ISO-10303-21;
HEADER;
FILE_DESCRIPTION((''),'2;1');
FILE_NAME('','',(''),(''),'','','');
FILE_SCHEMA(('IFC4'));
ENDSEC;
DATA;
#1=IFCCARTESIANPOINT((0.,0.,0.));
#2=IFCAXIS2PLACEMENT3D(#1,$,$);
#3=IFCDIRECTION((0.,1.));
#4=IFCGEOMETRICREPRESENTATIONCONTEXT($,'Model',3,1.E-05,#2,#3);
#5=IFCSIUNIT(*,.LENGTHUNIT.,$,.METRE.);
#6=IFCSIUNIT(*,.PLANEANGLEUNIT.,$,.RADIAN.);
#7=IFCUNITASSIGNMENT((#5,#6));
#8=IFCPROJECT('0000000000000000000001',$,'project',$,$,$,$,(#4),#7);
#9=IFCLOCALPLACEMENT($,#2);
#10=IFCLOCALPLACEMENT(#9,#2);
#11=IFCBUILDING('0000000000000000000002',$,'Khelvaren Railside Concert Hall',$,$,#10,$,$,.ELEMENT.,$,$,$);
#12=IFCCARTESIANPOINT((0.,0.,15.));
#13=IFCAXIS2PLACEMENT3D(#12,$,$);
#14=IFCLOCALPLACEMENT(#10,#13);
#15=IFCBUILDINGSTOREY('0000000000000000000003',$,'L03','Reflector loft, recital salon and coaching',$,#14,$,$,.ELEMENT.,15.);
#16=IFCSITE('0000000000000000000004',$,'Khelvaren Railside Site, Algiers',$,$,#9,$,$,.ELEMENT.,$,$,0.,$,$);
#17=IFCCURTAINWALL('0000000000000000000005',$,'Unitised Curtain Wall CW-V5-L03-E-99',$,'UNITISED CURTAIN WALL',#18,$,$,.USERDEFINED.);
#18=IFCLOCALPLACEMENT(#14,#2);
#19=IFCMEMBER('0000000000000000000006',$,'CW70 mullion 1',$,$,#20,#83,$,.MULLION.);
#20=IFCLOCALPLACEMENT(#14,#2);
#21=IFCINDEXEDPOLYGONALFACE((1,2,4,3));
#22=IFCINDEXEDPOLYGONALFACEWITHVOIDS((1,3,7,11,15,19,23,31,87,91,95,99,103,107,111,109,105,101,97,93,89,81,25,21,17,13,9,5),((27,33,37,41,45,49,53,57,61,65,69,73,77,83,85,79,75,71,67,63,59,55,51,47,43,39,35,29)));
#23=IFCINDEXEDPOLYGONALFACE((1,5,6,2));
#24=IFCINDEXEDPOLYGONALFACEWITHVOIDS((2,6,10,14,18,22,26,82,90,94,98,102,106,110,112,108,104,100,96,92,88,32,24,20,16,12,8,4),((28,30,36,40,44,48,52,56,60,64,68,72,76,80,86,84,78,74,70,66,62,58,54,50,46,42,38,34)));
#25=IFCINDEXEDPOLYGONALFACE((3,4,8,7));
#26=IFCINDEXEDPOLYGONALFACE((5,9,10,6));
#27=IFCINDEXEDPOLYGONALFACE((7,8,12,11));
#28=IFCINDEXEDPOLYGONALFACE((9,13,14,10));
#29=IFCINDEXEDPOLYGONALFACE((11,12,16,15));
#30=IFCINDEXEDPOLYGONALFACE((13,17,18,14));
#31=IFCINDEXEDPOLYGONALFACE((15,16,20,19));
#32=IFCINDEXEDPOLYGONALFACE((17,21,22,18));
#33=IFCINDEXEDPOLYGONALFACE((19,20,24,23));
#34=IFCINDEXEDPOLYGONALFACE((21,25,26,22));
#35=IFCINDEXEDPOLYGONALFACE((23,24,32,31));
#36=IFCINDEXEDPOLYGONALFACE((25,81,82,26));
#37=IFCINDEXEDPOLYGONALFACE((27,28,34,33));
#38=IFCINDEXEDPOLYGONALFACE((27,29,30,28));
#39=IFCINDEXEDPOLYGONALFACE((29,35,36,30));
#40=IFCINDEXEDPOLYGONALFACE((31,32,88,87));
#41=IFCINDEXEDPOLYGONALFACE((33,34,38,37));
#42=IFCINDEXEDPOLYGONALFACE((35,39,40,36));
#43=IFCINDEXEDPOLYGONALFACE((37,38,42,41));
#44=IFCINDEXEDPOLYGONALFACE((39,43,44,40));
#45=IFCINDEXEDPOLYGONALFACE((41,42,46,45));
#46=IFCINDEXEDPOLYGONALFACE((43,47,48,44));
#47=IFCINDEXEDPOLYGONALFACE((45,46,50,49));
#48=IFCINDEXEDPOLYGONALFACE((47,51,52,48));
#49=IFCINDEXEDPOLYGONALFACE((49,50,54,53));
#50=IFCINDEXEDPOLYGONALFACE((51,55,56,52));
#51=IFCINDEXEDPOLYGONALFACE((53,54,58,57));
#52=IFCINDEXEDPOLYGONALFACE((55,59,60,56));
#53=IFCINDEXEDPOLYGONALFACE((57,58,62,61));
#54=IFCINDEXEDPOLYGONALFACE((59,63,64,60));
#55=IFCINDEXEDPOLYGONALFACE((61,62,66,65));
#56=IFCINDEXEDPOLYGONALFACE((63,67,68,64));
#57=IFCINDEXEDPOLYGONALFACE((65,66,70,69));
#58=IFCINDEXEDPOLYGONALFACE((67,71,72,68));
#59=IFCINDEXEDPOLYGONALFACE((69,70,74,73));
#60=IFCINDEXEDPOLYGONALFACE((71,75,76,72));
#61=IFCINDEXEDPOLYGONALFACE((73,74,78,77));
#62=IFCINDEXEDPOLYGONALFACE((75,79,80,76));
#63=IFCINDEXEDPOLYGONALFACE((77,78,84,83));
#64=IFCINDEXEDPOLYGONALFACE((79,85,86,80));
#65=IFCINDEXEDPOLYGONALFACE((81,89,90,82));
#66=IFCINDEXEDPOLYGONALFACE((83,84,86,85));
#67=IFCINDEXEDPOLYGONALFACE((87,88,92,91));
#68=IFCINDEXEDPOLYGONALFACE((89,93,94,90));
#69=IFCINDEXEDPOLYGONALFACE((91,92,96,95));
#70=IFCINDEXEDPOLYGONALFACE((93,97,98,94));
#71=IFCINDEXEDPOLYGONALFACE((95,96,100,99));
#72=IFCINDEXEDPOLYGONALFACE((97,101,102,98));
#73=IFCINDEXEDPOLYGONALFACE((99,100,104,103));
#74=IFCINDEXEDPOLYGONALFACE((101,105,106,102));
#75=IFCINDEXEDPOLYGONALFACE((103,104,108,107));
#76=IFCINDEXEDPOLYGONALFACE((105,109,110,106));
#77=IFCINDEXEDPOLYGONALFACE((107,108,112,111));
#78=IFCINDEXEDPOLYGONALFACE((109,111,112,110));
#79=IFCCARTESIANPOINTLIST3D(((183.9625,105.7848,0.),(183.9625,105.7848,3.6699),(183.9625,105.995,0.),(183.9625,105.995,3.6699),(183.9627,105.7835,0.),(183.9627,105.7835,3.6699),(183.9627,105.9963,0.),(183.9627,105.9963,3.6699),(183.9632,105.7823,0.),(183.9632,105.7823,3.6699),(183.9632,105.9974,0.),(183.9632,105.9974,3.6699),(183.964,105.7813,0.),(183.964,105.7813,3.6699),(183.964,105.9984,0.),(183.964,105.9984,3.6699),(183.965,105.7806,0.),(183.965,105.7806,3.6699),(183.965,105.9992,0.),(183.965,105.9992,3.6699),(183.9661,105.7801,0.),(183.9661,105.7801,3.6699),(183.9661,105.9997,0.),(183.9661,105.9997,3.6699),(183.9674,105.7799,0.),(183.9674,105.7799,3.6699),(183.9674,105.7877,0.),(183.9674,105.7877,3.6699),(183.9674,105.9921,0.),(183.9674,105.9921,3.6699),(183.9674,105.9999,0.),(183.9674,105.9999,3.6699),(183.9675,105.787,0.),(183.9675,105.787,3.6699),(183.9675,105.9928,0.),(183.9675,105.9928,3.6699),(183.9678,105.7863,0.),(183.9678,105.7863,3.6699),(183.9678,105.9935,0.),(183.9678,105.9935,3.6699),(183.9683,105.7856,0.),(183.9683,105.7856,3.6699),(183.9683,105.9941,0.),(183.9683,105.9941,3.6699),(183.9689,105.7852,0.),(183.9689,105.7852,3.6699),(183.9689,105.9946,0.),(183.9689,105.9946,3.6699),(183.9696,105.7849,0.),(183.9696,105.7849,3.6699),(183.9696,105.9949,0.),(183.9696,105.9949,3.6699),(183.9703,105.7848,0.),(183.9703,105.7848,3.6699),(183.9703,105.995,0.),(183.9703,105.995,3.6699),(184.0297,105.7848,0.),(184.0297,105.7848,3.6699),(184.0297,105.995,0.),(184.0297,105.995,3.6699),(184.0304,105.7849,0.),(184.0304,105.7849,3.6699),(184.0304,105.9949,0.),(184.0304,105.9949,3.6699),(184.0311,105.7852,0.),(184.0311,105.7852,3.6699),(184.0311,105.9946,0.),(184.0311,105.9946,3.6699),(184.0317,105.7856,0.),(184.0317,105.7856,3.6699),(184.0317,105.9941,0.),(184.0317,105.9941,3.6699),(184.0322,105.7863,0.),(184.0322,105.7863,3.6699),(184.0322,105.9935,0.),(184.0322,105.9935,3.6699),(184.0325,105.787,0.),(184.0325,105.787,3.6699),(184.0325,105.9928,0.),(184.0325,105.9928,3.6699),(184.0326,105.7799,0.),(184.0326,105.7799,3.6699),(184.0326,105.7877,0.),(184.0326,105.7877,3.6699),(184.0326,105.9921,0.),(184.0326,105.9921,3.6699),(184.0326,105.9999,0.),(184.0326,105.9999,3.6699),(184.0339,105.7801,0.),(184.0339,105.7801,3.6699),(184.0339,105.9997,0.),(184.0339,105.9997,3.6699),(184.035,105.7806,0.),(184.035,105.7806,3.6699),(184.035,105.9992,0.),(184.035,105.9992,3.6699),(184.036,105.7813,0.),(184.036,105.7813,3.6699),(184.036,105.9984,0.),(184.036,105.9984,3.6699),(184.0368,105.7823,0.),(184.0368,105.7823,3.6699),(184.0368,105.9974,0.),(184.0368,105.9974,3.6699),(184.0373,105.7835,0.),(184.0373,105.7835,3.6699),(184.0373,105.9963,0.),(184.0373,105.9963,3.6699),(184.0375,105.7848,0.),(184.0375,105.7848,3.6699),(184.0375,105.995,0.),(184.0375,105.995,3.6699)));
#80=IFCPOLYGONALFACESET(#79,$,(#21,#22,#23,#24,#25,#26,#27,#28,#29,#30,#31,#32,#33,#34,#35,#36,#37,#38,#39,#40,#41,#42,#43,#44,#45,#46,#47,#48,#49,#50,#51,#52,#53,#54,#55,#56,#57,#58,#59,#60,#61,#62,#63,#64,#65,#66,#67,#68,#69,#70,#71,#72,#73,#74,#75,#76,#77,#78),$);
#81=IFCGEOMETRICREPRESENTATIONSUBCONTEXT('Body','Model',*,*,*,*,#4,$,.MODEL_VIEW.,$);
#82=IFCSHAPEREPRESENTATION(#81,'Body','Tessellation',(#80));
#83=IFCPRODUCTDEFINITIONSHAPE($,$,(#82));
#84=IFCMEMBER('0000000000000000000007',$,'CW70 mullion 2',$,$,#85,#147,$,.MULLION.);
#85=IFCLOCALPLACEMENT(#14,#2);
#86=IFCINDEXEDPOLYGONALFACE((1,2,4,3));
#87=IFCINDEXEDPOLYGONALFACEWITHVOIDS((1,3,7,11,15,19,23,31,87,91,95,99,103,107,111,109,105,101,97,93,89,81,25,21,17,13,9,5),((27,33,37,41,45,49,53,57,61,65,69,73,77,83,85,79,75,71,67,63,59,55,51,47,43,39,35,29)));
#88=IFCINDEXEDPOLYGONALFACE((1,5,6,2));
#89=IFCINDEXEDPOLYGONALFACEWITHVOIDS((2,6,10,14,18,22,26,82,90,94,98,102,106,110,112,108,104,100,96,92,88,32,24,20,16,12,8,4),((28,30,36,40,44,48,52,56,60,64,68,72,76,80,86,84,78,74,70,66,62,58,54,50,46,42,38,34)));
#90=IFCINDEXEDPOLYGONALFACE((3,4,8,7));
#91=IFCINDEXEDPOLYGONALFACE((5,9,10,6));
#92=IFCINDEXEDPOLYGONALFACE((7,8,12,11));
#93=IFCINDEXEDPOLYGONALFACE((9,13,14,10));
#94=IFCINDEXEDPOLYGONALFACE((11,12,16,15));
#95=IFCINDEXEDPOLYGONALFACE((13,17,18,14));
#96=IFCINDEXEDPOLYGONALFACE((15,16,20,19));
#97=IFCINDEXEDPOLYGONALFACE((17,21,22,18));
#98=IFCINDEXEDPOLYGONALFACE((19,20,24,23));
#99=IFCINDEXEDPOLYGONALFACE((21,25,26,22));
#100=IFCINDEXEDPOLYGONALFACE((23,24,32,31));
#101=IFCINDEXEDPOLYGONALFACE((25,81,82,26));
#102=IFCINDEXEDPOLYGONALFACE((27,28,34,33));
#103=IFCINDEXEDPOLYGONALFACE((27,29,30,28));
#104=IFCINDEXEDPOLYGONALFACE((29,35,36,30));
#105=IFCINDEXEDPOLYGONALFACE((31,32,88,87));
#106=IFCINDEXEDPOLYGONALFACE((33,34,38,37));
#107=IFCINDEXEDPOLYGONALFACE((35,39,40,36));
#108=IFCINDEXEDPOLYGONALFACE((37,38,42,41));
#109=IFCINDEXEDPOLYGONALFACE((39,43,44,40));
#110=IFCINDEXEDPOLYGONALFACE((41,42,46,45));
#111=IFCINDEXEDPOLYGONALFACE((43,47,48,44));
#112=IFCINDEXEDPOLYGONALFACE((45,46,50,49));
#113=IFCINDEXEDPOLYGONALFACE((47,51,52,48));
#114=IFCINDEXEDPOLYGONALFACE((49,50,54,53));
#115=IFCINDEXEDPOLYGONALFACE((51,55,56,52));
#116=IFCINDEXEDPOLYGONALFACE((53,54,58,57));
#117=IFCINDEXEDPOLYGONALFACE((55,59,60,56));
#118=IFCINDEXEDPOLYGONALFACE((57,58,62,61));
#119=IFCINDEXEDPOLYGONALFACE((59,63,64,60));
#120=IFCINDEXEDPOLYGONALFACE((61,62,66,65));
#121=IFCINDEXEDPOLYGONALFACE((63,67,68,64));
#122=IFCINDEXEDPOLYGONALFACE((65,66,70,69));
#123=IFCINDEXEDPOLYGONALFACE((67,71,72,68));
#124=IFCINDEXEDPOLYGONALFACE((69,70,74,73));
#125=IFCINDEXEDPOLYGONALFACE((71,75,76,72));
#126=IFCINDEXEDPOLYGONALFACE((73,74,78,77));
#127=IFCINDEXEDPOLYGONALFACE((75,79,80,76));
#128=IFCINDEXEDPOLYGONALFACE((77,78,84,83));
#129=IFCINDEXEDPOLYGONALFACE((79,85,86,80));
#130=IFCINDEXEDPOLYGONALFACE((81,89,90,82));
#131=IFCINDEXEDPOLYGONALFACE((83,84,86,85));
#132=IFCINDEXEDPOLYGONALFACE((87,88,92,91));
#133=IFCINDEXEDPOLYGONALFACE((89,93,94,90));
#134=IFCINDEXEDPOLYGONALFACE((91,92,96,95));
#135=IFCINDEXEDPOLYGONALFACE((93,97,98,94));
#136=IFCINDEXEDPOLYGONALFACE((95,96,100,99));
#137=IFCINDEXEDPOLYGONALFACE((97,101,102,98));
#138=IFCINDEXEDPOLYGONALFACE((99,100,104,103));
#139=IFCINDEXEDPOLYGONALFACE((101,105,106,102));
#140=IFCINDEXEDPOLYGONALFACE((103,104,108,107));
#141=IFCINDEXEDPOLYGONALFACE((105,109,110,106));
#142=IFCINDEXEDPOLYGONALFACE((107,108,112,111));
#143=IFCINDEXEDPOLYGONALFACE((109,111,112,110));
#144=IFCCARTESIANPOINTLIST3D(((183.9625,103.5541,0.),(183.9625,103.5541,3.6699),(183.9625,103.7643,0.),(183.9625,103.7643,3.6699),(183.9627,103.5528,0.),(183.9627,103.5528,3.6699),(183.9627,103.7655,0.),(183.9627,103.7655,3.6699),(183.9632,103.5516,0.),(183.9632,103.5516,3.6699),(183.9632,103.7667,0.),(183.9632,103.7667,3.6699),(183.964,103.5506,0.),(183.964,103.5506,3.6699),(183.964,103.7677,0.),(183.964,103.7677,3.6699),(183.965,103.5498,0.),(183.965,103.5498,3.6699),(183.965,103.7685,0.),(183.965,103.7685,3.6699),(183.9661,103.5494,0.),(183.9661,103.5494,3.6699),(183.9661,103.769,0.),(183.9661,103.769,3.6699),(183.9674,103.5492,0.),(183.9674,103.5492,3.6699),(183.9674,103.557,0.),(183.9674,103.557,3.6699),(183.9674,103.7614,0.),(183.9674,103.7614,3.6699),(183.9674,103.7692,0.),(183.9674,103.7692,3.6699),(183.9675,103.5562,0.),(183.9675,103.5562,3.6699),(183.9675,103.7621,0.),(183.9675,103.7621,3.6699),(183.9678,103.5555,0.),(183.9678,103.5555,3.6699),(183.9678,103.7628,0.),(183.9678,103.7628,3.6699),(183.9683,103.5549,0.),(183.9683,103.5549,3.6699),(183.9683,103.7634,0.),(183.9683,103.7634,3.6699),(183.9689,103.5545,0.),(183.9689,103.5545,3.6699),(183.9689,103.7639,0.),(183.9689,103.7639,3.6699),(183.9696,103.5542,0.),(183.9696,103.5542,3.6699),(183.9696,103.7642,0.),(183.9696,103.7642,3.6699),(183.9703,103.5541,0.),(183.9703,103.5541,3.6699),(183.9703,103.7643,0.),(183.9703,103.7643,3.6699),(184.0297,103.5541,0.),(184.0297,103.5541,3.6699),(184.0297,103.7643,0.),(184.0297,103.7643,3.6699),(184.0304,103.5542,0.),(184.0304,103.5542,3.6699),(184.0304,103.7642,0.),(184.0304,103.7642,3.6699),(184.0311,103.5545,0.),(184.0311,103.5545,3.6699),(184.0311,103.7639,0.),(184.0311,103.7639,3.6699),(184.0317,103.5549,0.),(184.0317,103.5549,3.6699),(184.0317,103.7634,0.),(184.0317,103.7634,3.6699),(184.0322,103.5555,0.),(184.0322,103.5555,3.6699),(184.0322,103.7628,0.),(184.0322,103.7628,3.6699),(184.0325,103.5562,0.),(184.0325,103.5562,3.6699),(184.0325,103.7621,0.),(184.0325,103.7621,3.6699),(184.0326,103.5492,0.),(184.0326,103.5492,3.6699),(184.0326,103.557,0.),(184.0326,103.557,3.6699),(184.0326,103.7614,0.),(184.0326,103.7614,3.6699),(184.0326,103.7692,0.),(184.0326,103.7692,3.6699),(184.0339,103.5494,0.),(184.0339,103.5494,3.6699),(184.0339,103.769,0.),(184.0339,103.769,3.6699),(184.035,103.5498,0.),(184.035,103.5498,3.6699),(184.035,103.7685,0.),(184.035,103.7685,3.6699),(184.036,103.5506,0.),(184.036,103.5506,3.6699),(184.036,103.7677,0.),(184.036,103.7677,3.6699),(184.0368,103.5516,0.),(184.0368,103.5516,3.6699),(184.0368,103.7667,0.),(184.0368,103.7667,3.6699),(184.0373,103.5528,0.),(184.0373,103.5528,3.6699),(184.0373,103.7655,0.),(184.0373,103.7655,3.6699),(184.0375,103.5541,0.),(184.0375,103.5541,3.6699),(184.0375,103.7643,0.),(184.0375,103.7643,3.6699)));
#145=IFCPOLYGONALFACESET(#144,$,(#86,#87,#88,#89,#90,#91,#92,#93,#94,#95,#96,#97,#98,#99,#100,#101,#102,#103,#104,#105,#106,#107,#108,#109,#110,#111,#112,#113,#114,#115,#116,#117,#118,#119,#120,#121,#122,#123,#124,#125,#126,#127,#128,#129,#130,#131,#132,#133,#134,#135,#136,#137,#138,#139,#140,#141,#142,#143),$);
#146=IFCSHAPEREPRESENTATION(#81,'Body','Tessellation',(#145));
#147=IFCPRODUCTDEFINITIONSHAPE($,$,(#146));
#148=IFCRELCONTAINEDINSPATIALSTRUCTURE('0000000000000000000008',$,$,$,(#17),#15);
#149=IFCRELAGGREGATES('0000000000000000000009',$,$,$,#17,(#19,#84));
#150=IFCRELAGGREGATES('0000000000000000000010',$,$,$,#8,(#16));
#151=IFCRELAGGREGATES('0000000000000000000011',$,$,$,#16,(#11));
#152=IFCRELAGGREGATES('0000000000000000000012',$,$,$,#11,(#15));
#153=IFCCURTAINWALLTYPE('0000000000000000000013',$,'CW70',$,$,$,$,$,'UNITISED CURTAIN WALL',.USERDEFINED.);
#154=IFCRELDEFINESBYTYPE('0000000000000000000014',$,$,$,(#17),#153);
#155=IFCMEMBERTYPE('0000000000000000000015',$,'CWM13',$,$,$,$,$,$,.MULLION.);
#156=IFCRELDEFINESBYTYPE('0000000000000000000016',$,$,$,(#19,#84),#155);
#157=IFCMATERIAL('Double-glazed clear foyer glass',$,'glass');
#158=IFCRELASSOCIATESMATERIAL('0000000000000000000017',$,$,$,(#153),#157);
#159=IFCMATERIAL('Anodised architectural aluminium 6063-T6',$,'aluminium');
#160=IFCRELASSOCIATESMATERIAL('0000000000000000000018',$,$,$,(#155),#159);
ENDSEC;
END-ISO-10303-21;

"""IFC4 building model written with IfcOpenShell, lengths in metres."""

from ifc_helpers import new_model, si_unit, direction, frame, origin, origin_2d, place, context, subcontext, project, spatial, hollow_rectangle, extrude, material, material_profile, profile_set, type_object, element, aggregate, save


model = new_model("IFC4")

# Units and contexts
model_context = context("Model", 3, precision=1e-05, world=origin(), true_north=direction((0.0, 1.0)))
body_context = subcontext(model_context, "Body", "Model", "MODEL_VIEW")
ifc_project = project(units=[si_unit("LENGTHUNIT", "METRE"), si_unit("PLANEANGLEUNIT", "RADIAN")], contexts=[model_context])

# Site, building, storey
site_placement = place(None, origin())
site = spatial("IfcSite", under=ifc_project, at=site_placement, Name="Khelvaren Railside Site, Algiers", CompositionType="ELEMENT", RefElevation=0.0)
building_placement = place(site_placement, origin())
building = spatial("IfcBuilding", under=site, at=building_placement, Name="Khelvaren Railside Concert Hall", CompositionType="ELEMENT")
storey_placement = place(building_placement, frame((0.0, 0.0, 15.0)))
storey = spatial("IfcBuildingStorey", under=building, at=storey_placement, Name="L03", Description="Reflector loft, recital salon and coaching", CompositionType="ELEMENT", Elevation=15.0)

# Curtain wall, members
ifc_material_1 = material(Name="Double-glazed clear foyer glass", Category="glass")
curtain_wall_type_1 = type_object("IfcCurtainWallType", Name="CW70", ElementType="UNITISED CURTAIN WALL", PredefinedType="USERDEFINED", material=ifc_material_1)
curtain_wall_1_placement = place(storey_placement, origin())
curtain_wall_1 = element("IfcCurtainWall", 1, at=curtain_wall_1_placement, inside=storey, type_object=curtain_wall_type_1, Name="Unitised Curtain Wall CW-V5-L03-E-99", ObjectType="UNITISED CURTAIN WALL", PredefinedType="USERDEFINED")
ifc_material_2 = material(Name="Anodised architectural aluminium 6063-T6", Category="aluminium")
ifc_material_profile_1 = material_profile(ifc_material_2, hollow_rectangle(XDim=0.075, YDim=0.22, WallThickness=0.0049, InnerFilletRadius=0.0029, OuterFilletRadius=0.0049, at=origin_2d()), Name="CWM 75x220x5")
ifc_profile_set_1 = profile_set([ifc_material_profile_1], Name="Anodised architectural aluminium 6063-T6")
member_type_1 = type_object("IfcMemberType", Name="CWM13", PredefinedType="MULLION", material=ifc_profile_set_1)
member_1_placement = place(storey_placement, frame((184.0, 105.8899, 0.0), z_axis=(0.0, 0.0, 1.0), x_axis=(1.0, 0.0, 0.0)))
member_1 = element("IfcMember", 2, at=member_1_placement, type_object=member_type_1, Name="CW70 mullion 1", PredefinedType="MULLION", context=body_context, shape_type="SweptSolid", body=[
    extrude(hollow_rectangle(XDim=0.075, YDim=0.22, WallThickness=0.0049, InnerFilletRadius=0.0029, OuterFilletRadius=0.0049, at=origin_2d()), origin(), (0.0, 0.0, 1.0), 3.6699),
])
member_2_placement = place(storey_placement, frame((184.0, 103.6592, 0.0), z_axis=(0.0, 0.0, 1.0), x_axis=(1.0, 0.0, 0.0)))
member_2 = element("IfcMember", 3, at=member_2_placement, type_object=member_type_1, Name="CW70 mullion 2", PredefinedType="MULLION", context=body_context, shape_type="SweptSolid", body=[
    extrude(hollow_rectangle(XDim=0.075, YDim=0.22, WallThickness=0.0049, InnerFilletRadius=0.0029, OuterFilletRadius=0.0049, at=origin_2d()), origin(), (0.0, 0.0, 1.0), 3.6699),
])

aggregate(curtain_wall_1, [member_1, member_2])

save(model, "model.ifc")
